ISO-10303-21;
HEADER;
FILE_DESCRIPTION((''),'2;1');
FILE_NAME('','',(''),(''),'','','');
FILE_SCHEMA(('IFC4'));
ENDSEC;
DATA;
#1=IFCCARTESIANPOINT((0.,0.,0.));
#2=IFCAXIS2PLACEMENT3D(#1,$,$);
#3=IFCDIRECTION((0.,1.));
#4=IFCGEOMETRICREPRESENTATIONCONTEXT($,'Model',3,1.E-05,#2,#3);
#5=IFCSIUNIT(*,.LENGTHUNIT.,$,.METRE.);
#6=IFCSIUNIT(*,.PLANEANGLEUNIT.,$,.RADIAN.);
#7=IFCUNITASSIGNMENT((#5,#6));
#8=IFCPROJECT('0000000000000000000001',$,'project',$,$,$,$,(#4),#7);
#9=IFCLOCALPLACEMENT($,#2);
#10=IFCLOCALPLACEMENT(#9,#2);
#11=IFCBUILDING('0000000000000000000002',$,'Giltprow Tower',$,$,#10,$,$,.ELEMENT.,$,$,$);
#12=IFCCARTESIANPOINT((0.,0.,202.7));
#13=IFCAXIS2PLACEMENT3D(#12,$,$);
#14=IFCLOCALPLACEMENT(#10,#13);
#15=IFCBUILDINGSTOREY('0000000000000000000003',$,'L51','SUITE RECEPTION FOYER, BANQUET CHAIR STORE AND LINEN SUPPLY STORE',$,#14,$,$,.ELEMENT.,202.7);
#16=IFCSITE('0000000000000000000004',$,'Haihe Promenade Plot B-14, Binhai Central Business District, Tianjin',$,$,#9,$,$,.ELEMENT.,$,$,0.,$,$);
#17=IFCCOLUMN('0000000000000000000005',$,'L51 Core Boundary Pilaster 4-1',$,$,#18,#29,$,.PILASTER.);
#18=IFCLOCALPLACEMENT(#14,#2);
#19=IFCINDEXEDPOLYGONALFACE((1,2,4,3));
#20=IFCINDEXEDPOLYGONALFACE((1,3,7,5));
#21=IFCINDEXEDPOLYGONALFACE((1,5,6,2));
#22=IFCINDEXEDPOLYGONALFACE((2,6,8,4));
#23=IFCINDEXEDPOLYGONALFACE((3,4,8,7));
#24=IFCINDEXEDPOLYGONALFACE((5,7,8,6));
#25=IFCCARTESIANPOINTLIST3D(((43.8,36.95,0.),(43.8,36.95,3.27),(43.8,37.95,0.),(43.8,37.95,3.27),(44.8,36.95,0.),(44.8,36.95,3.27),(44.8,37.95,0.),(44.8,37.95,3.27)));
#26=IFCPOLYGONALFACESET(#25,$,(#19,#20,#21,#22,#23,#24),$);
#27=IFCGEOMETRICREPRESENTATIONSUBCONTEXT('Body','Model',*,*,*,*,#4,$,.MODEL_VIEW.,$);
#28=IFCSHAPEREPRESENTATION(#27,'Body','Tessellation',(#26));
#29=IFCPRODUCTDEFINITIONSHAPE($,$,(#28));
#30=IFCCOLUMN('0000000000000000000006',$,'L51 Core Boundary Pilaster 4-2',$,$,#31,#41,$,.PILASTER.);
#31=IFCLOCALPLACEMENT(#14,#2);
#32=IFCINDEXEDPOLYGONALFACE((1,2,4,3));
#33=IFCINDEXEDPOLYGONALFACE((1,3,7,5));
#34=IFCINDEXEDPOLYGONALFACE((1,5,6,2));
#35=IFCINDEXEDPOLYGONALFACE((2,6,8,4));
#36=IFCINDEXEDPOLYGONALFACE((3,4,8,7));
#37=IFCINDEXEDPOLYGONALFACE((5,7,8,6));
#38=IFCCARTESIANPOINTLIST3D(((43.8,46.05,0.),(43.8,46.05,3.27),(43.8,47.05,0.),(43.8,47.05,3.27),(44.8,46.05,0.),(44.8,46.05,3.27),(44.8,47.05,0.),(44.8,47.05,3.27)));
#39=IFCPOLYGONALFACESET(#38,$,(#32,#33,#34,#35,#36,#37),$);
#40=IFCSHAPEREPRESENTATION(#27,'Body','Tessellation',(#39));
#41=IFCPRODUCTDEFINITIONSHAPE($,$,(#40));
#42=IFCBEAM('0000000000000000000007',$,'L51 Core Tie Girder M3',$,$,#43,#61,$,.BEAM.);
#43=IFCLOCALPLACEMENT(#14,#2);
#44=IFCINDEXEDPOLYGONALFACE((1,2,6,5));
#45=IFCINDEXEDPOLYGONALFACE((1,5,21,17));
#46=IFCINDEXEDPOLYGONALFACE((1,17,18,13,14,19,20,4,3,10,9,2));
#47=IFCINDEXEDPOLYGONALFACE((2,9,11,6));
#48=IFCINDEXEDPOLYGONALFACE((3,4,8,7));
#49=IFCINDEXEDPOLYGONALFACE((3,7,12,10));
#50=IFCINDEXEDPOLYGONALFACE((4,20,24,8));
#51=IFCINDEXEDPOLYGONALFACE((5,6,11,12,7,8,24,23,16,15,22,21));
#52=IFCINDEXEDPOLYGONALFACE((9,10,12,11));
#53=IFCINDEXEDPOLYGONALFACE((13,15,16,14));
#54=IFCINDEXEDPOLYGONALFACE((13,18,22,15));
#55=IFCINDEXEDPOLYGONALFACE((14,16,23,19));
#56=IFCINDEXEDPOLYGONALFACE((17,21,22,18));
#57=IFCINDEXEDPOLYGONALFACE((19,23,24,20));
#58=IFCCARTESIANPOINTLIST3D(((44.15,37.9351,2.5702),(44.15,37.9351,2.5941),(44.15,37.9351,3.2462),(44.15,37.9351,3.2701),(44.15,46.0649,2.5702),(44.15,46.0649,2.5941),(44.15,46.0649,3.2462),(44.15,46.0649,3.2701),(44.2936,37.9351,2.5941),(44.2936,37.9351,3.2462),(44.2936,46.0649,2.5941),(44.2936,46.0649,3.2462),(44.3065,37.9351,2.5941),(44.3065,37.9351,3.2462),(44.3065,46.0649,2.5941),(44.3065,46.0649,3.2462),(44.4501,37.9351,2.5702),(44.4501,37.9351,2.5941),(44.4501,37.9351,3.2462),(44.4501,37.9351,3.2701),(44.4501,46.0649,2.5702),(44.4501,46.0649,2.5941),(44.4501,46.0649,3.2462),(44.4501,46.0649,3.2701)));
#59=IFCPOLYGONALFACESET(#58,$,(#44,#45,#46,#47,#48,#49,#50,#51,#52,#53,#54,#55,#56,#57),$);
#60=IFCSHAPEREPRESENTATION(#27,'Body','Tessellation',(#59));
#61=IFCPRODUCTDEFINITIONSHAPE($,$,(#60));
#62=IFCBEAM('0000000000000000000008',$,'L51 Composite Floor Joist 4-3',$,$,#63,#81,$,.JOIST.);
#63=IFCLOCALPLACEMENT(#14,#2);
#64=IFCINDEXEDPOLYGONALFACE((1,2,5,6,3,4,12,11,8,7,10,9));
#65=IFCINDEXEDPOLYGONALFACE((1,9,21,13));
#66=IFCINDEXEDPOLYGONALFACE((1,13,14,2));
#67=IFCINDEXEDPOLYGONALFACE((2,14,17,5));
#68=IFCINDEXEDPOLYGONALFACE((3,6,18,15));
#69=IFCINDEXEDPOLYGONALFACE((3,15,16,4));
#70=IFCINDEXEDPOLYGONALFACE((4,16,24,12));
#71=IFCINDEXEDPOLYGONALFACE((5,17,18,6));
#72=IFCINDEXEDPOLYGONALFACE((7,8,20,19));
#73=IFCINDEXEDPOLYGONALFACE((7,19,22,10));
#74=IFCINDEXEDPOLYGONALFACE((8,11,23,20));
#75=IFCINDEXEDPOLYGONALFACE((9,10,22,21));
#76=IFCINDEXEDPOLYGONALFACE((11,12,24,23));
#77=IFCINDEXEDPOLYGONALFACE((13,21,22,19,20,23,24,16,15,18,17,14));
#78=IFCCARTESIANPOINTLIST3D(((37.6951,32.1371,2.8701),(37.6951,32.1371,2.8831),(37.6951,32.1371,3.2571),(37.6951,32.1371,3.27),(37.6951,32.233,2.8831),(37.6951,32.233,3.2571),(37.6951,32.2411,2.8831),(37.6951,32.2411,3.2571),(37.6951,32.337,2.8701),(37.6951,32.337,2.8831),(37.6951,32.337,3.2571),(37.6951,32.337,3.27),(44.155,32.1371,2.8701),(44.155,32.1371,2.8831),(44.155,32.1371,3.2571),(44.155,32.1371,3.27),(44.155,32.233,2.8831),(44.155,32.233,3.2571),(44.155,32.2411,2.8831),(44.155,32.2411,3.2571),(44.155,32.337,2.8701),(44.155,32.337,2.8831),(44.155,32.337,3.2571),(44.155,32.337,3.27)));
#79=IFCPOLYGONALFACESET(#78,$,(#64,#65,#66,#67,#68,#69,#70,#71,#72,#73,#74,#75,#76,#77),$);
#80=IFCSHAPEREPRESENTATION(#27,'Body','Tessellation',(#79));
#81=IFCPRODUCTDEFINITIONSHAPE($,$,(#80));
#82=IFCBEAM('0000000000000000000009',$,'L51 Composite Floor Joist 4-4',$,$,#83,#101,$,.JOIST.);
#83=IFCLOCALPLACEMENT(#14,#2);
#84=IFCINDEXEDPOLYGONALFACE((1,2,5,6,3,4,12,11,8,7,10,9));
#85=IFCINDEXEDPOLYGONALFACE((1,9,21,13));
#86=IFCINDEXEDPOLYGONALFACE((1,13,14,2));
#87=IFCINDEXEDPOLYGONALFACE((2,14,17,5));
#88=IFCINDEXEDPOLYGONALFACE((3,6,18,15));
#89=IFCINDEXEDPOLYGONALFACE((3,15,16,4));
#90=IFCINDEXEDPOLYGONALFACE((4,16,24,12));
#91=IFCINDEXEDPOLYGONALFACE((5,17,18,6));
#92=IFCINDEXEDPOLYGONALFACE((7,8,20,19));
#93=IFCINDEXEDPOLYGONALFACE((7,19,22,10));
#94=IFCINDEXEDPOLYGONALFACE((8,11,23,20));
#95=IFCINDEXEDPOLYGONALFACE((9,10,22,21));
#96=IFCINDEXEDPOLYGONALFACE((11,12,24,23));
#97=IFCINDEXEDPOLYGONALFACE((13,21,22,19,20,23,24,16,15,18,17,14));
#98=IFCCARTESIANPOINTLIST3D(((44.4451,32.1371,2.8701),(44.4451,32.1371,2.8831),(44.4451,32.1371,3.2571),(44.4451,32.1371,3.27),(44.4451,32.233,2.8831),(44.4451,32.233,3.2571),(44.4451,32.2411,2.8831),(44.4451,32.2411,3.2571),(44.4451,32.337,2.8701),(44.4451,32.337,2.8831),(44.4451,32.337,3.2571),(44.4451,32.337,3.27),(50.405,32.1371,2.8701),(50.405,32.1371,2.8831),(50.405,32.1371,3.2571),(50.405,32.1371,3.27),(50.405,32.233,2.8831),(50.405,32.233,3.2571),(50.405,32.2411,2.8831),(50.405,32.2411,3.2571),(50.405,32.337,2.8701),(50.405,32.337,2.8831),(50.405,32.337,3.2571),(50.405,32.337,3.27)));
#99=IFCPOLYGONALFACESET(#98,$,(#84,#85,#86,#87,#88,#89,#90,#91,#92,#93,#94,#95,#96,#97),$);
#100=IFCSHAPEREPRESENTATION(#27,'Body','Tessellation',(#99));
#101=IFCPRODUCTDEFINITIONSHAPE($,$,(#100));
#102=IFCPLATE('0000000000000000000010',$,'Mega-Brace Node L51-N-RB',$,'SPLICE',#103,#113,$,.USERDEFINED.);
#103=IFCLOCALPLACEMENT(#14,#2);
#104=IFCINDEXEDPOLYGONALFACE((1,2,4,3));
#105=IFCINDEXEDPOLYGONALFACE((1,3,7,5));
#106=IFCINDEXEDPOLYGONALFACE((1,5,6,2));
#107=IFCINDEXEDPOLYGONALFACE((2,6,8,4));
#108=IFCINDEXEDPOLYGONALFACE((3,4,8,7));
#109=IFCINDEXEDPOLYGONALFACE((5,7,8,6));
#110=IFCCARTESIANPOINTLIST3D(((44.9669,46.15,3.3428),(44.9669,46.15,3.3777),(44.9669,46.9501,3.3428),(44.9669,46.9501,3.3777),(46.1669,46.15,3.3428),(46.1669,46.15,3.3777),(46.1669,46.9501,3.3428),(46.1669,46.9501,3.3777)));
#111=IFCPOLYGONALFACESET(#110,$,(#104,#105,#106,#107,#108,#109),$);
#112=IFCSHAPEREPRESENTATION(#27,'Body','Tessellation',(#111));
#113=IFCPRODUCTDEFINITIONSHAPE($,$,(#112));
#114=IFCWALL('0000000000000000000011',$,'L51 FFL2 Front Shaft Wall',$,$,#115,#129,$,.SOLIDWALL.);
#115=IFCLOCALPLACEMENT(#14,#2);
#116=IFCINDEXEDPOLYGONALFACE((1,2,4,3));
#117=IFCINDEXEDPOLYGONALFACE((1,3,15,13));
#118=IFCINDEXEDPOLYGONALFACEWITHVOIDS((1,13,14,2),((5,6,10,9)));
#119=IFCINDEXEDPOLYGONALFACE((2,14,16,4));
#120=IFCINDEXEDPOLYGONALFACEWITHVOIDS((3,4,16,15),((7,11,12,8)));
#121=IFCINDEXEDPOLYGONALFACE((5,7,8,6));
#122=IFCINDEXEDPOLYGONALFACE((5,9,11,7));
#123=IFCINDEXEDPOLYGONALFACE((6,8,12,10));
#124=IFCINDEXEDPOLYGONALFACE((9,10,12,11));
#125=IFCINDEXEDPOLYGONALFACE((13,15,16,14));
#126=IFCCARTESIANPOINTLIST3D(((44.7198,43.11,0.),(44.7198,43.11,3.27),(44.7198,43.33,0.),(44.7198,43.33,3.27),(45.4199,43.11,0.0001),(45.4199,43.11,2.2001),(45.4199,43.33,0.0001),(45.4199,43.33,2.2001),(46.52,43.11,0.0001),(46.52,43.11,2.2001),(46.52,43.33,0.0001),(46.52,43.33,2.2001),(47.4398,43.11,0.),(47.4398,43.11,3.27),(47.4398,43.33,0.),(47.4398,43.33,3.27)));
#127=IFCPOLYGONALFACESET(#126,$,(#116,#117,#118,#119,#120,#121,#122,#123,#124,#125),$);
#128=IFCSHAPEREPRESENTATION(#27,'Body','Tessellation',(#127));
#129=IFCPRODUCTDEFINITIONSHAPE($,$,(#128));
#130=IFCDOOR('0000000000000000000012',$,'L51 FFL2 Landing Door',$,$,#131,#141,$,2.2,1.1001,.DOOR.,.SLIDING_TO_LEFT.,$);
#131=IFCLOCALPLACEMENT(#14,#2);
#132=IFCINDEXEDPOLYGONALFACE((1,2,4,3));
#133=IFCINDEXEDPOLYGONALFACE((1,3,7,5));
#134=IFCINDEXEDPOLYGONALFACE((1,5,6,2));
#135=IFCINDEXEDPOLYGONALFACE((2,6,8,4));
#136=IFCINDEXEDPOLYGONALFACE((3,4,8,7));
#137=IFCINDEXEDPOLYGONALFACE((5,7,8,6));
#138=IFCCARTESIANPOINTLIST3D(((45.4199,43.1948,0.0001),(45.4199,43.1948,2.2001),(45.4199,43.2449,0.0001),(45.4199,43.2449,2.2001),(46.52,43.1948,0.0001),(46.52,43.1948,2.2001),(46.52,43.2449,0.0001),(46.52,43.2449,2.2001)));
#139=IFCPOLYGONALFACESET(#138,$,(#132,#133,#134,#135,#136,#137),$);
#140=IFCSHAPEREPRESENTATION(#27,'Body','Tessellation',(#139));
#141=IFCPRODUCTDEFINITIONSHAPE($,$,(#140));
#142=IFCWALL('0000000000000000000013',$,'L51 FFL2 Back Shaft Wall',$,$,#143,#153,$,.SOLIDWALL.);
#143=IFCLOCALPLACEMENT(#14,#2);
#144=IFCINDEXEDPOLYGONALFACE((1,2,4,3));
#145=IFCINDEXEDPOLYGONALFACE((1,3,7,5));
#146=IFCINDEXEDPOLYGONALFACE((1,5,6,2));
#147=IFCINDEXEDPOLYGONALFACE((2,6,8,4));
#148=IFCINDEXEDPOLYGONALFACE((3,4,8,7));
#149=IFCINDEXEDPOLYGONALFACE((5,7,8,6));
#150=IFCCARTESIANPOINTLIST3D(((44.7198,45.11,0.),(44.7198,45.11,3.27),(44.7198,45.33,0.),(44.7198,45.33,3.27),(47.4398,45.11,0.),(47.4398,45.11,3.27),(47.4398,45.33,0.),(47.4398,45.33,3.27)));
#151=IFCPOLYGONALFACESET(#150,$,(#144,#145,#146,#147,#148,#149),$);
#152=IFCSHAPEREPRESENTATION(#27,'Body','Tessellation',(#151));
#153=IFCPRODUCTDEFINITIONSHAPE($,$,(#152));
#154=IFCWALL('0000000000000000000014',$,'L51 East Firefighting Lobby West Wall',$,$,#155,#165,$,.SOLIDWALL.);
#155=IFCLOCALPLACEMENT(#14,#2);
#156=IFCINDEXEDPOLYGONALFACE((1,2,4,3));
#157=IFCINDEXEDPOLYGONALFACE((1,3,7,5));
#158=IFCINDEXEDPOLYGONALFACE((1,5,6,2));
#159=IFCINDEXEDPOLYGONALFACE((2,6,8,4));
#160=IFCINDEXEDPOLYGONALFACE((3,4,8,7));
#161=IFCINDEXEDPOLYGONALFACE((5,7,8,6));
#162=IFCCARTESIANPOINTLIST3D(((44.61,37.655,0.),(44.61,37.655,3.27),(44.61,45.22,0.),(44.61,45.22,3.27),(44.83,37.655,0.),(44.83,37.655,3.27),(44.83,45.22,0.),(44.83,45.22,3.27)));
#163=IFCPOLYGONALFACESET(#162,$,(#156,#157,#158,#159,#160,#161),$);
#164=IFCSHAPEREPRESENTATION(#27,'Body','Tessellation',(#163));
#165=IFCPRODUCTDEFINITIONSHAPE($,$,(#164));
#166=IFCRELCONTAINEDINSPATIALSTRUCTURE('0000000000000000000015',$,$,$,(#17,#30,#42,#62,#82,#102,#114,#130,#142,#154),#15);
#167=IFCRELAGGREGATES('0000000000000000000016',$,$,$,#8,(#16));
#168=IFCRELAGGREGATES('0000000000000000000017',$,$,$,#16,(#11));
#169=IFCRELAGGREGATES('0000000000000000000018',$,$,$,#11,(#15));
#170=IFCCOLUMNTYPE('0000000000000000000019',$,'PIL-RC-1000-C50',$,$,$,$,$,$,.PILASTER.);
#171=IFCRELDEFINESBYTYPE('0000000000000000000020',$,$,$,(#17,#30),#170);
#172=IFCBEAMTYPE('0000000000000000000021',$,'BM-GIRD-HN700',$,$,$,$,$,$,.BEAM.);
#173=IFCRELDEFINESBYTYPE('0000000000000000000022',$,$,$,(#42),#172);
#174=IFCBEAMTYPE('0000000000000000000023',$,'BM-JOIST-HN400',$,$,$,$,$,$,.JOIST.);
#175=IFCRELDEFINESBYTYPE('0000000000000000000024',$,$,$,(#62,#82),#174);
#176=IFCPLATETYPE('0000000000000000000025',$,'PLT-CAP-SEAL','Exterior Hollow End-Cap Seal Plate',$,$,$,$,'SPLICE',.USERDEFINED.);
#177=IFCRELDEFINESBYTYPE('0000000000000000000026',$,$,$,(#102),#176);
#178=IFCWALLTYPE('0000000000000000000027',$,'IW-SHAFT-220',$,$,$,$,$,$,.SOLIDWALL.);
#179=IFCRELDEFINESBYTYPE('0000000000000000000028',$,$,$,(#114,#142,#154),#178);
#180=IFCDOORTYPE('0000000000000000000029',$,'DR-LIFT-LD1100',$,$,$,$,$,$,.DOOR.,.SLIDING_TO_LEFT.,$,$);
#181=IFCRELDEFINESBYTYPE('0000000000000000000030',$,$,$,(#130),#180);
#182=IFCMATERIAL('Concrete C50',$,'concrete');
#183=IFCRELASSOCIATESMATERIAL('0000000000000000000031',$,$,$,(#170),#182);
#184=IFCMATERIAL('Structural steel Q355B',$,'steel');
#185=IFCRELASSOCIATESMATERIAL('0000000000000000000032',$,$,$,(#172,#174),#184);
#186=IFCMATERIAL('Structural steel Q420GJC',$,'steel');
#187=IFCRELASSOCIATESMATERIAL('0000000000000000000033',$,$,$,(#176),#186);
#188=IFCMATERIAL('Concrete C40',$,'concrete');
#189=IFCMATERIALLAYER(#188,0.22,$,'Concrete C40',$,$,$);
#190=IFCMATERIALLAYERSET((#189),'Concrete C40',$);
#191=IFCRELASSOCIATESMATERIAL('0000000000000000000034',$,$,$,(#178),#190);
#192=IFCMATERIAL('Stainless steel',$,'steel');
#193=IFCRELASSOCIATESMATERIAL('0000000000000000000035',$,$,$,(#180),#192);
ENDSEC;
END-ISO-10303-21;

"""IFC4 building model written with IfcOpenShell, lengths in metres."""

from ifc_helpers import new_model, si_unit, direction, frame, frame_2d, origin, origin_2d, place, context, subcontext, project, spatial, rectangle, i_section, extrude, source, transform, mapped, material, layer, layer_set, material_profile, profile_set, type_object, element, fill, save


model = new_model("IFC4")

# Units and contexts
model_context = context("Model", 3, precision=1e-05, world=origin(), true_north=direction((0.0, 1.0)))
body_context = subcontext(model_context, "Body", "Model", "MODEL_VIEW")
ifc_project = project(units=[si_unit("LENGTHUNIT", "METRE"), si_unit("PLANEANGLEUNIT", "RADIAN")], contexts=[model_context])

# Site, building, storey
site_placement = place(None, origin())
site = spatial("IfcSite", under=ifc_project, at=site_placement, Name="Haihe Promenade Plot B-14, Binhai Central Business District, Tianjin", CompositionType="ELEMENT", RefElevation=0.0)
building_placement = place(site_placement, origin())
building = spatial("IfcBuilding", under=site, at=building_placement, Name="Giltprow Tower", CompositionType="ELEMENT")
storey_placement = place(building_placement, frame((0.0, 0.0, 202.7)))
storey = spatial("IfcBuildingStorey", under=building, at=storey_placement, Name="L51", Description="SUITE RECEPTION FOYER, BANQUET CHAIR STORE AND LINEN SUPPLY STORE", CompositionType="ELEMENT", Elevation=202.7)

# Columns
ifc_material_1 = material(Name="Concrete C50", Category="concrete")
ifc_material_profile_1 = material_profile(ifc_material_1, rectangle(XDim=1.0, YDim=1.0, at=origin_2d()), Name="RC 1000x1000")
ifc_profile_set_1 = profile_set([ifc_material_profile_1], Name="Concrete C50")
column_type = type_object("IfcColumnType", Name="PIL-RC-1000-C50", PredefinedType="PILASTER", material=ifc_profile_set_1)
shared_shape_1 = source(origin(), body_context, "Body", "SweptSolid", [
    extrude(rectangle(XDim=1.0, YDim=1.0, at=origin_2d()), origin(), (0.0, 0.0, 1.0), 3.27),
])
for number, where, z_axis, x_axis, name in (
    (1, (44.3, 37.45, 0.0), (0.0, 0.0, 1.0), (1.0, 0.0, 0.0), "L51 Core Boundary Pilaster 4-1"),
    (2, (44.3, 46.55, 0.0), (0.0, 0.0, 1.0), (1.0, 0.0, 0.0), "L51 Core Boundary Pilaster 4-2"),
):
    element("IfcColumn", number, at=place(storey_placement, frame(where, z_axis=z_axis, x_axis=x_axis)), inside=storey, type_object=column_type, Name=name, PredefinedType="PILASTER", context=body_context, shape_type="MappedRepresentation", body=[
        mapped(shared_shape_1, transform((0.0, 0.0, 0.0), x_axis=(1.0, 0.0, 0.0), y_axis=(0.0, 1.0, 0.0), z_axis=(0.0, 0.0, 1.0), scale=1.0)),
    ])

# Beams
ifc_material_2 = material(Name="Structural steel Q355B", Category="steel")
ifc_material_profile_2 = material_profile(ifc_material_2, i_section(OverallWidth=0.3, OverallDepth=0.7, WebThickness=0.0129, FlangeThickness=0.0239, at=origin_2d()), Name="HN 700x300x13x24")
ifc_profile_set_2 = profile_set([ifc_material_profile_2], Name="Structural steel Q355B")
beam_type_1 = type_object("IfcBeamType", Name="BM-GIRD-HN700", PredefinedType="BEAM", material=ifc_profile_set_2)
shared_shape_2 = source(origin(), body_context, "Body", "SweptSolid", [
    extrude(i_section(OverallWidth=0.3, OverallDepth=0.7, WebThickness=0.0129, FlangeThickness=0.0239, at=origin_2d()), origin(), (0.0, 0.0, 1.0), 8.1299),
])
beam_1_placement = place(storey_placement, frame((44.3, 37.9351, 2.9202), z_axis=(0.0, 1.0, 0.0), x_axis=(-1.0, 0.0, 0.0)))
element("IfcBeam", 3, at=beam_1_placement, inside=storey, type_object=beam_type_1, Name="L51 Core Tie Girder M3", PredefinedType="BEAM", context=body_context, shape_type="MappedRepresentation", body=[
    mapped(shared_shape_2, transform((0.0, 0.0, 0.0), x_axis=(1.0, 0.0, 0.0), y_axis=(0.0, 1.0, 0.0), z_axis=(0.0, 0.0, 1.0), scale=1.0)),
])
ifc_material_profile_3 = material_profile(ifc_material_2, i_section(OverallWidth=0.2, OverallDepth=0.3999, WebThickness=0.0081, FlangeThickness=0.0129, at=origin_2d()), Name="HN 400x200x8x13")
ifc_profile_set_3 = profile_set([ifc_material_profile_3], Name="Structural steel Q355B")
beam_type_2 = type_object("IfcBeamType", Name="BM-JOIST-HN400", PredefinedType="JOIST", material=ifc_profile_set_3)
shared_shape_3 = source(origin(), body_context, "Body", "SweptSolid", [
    extrude(i_section(OverallWidth=0.2, OverallDepth=0.3999, WebThickness=0.0081, FlangeThickness=0.0129, at=origin_2d()), origin(), (0.0, 0.0, 1.0), 6.46),
])
beam_2_placement = place(storey_placement, frame((37.6951, 32.2371, 3.0701), z_axis=(1.0, 0.0, 0.0), x_axis=(0.0, 1.0, 0.0)))
element("IfcBeam", 4, at=beam_2_placement, inside=storey, type_object=beam_type_2, Name="L51 Composite Floor Joist 4-3", PredefinedType="JOIST", context=body_context, shape_type="MappedRepresentation", body=[
    mapped(shared_shape_3, transform((0.0, 0.0, 0.0), x_axis=(1.0, 0.0, 0.0), y_axis=(0.0, 1.0, 0.0), z_axis=(0.0, 0.0, 1.0), scale=1.0)),
])
shared_shape_4 = source(origin(), body_context, "Body", "SweptSolid", [
    extrude(i_section(OverallWidth=0.2, OverallDepth=0.3999, WebThickness=0.0081, FlangeThickness=0.0129, at=origin_2d()), origin(), (0.0, 0.0, 1.0), 5.96),
])
beam_3_placement = place(storey_placement, frame((44.4451, 32.2371, 3.0701), z_axis=(1.0, 0.0, 0.0), x_axis=(0.0, 1.0, 0.0)))
element("IfcBeam", 5, at=beam_3_placement, inside=storey, type_object=beam_type_2, Name="L51 Composite Floor Joist 4-4", PredefinedType="JOIST", context=body_context, shape_type="MappedRepresentation", body=[
    mapped(shared_shape_4, transform((0.0, 0.0, 0.0), x_axis=(1.0, 0.0, 0.0), y_axis=(0.0, 1.0, 0.0), z_axis=(0.0, 0.0, 1.0), scale=1.0)),
])

# Plate
ifc_material_3 = material(Name="Structural steel Q420GJC", Category="steel")
plate_type = type_object("IfcPlateType", Name="PLT-CAP-SEAL", Description="Exterior Hollow End-Cap Seal Plate", ElementType="SPLICE", PredefinedType="USERDEFINED", material=ifc_material_3)
shared_shape_5 = source(origin(), body_context, "Body", "SweptSolid", [
    extrude(rectangle(XDim=1.2, YDim=0.8, at=origin_2d()), origin(), (0.0, 0.0, 1.0), 0.0349),
])
plate_placement = place(storey_placement, frame((45.5669, 46.55, 3.3428), z_axis=(0.0, 0.0, 1.0), x_axis=(1.0, 0.0, 0.0)))
element("IfcPlate", 6, at=plate_placement, inside=storey, type_object=plate_type, Name="Mega-Brace Node L51-N-RB", ObjectType="SPLICE", PredefinedType="USERDEFINED", context=body_context, shape_type="MappedRepresentation", body=[
    mapped(shared_shape_5, transform((0.0, 0.0, 0.0), x_axis=(1.0, 0.0, 0.0), y_axis=(0.0, 1.0, 0.0), z_axis=(0.0, 0.0, 1.0), scale=1.0)),
])

# Wall, opening, door
ifc_material_4 = material(Name="Concrete C40", Category="concrete")
ifc_layer_1 = layer(ifc_material_4, 0.22, Name="Concrete C40")
ifc_layer_set_1 = layer_set([ifc_layer_1], Name="Concrete C40")
wall_type_1 = type_object("IfcWallType", Name="IW-SHAFT-220", PredefinedType="SOLIDWALL", material=ifc_layer_set_1)
wall_1_placement = place(storey_placement, frame((44.72, 43.22, 0.0), z_axis=(0.0, 0.0, 1.0), x_axis=(1.0, 0.0, 0.0)))
wall_1 = element("IfcWall", 7, at=wall_1_placement, inside=storey, type_object=wall_type_1, Name="L51 FFL2 Front Shaft Wall", PredefinedType="SOLIDWALL", context=body_context, shape_type="SweptSolid", body=[
    extrude(rectangle(XDim=2.72, YDim=0.22, at=frame_2d((1.3599, 0.0))), origin(), (0.0, 0.0, 1.0), 3.27),
])
opening_1_placement = place(wall_1_placement, frame((0.7, 0.0, 0.0)))
opening_1 = element("IfcOpeningElement", 8, at=opening_1_placement, cuts=wall_1, PredefinedType="OPENING", context=body_context, shape_type="SweptSolid", body=[
    extrude(rectangle(XDim=1.1001, YDim=2.2, at=frame_2d((0.55, 1.1001))), frame((0.0, 0.1199, 0.0), z_axis=(0.0, -1.0, 0.0), x_axis=(1.0, 0.0, 0.0)), (0.0, 0.0, 1.0), 0.24),
])
ifc_material_5 = material(Name="Stainless steel", Category="steel")
door_type_1 = type_object("IfcDoorType", Name="DR-LIFT-LD1100", OperationType="SLIDING_TO_LEFT", PredefinedType="DOOR", material=ifc_material_5)
shared_shape_6 = source(origin(), body_context, "Body", "SweptSolid", [
    extrude(rectangle(XDim=1.1001, YDim=2.2, at=frame_2d((0.55, 1.1001))), frame((0.0, 0.0249, 0.0), z_axis=(0.0, -1.0, 0.0), x_axis=(1.0, 0.0, 0.0)), (0.0, 0.0, 1.0), 0.05),
])
door_1_placement = place(opening_1_placement, origin())
door_1 = element("IfcDoor", 9, at=door_1_placement, inside=storey, type_object=door_type_1, Name="L51 FFL2 Landing Door", OperationType="SLIDING_TO_LEFT", OverallHeight=2.2, OverallWidth=1.1001, PredefinedType="DOOR", context=body_context, shape_type="MappedRepresentation", body=[
    mapped(shared_shape_6, transform((0.0, 0.0, 0.0), x_axis=(1.0, 0.0, 0.0), y_axis=(0.0, 1.0, 0.0), z_axis=(0.0, 0.0, 1.0), scale=1.0)),
])
fill(opening_1, door_1)

# Walls
wall_2_placement = place(storey_placement, frame((44.72, 45.22, 0.0), z_axis=(0.0, 0.0, 1.0), x_axis=(1.0, 0.0, 0.0)))
element("IfcWall", 10, at=wall_2_placement, inside=storey, type_object=wall_type_1, Name="L51 FFL2 Back Shaft Wall", PredefinedType="SOLIDWALL", context=body_context, shape_type="SweptSolid", body=[
    extrude(rectangle(XDim=2.72, YDim=0.22, at=frame_2d((1.3599, 0.0))), origin(), (0.0, 0.0, 1.0), 3.27),
])
wall_3_placement = place(storey_placement, frame((44.72, 37.655, 0.0), z_axis=(0.0, 0.0, 1.0), x_axis=(0.0, 1.0, 0.0)))
element("IfcWall", 11, at=wall_3_placement, inside=storey, type_object=wall_type_1, Name="L51 East Firefighting Lobby West Wall", PredefinedType="SOLIDWALL", context=body_context, shape_type="SweptSolid", body=[
    extrude(rectangle(XDim=7.5649, YDim=0.22, at=frame_2d((3.7825, 0.0))), origin(), (0.0, 0.0, 1.0), 3.27),
])

save(model, "model.ifc")
